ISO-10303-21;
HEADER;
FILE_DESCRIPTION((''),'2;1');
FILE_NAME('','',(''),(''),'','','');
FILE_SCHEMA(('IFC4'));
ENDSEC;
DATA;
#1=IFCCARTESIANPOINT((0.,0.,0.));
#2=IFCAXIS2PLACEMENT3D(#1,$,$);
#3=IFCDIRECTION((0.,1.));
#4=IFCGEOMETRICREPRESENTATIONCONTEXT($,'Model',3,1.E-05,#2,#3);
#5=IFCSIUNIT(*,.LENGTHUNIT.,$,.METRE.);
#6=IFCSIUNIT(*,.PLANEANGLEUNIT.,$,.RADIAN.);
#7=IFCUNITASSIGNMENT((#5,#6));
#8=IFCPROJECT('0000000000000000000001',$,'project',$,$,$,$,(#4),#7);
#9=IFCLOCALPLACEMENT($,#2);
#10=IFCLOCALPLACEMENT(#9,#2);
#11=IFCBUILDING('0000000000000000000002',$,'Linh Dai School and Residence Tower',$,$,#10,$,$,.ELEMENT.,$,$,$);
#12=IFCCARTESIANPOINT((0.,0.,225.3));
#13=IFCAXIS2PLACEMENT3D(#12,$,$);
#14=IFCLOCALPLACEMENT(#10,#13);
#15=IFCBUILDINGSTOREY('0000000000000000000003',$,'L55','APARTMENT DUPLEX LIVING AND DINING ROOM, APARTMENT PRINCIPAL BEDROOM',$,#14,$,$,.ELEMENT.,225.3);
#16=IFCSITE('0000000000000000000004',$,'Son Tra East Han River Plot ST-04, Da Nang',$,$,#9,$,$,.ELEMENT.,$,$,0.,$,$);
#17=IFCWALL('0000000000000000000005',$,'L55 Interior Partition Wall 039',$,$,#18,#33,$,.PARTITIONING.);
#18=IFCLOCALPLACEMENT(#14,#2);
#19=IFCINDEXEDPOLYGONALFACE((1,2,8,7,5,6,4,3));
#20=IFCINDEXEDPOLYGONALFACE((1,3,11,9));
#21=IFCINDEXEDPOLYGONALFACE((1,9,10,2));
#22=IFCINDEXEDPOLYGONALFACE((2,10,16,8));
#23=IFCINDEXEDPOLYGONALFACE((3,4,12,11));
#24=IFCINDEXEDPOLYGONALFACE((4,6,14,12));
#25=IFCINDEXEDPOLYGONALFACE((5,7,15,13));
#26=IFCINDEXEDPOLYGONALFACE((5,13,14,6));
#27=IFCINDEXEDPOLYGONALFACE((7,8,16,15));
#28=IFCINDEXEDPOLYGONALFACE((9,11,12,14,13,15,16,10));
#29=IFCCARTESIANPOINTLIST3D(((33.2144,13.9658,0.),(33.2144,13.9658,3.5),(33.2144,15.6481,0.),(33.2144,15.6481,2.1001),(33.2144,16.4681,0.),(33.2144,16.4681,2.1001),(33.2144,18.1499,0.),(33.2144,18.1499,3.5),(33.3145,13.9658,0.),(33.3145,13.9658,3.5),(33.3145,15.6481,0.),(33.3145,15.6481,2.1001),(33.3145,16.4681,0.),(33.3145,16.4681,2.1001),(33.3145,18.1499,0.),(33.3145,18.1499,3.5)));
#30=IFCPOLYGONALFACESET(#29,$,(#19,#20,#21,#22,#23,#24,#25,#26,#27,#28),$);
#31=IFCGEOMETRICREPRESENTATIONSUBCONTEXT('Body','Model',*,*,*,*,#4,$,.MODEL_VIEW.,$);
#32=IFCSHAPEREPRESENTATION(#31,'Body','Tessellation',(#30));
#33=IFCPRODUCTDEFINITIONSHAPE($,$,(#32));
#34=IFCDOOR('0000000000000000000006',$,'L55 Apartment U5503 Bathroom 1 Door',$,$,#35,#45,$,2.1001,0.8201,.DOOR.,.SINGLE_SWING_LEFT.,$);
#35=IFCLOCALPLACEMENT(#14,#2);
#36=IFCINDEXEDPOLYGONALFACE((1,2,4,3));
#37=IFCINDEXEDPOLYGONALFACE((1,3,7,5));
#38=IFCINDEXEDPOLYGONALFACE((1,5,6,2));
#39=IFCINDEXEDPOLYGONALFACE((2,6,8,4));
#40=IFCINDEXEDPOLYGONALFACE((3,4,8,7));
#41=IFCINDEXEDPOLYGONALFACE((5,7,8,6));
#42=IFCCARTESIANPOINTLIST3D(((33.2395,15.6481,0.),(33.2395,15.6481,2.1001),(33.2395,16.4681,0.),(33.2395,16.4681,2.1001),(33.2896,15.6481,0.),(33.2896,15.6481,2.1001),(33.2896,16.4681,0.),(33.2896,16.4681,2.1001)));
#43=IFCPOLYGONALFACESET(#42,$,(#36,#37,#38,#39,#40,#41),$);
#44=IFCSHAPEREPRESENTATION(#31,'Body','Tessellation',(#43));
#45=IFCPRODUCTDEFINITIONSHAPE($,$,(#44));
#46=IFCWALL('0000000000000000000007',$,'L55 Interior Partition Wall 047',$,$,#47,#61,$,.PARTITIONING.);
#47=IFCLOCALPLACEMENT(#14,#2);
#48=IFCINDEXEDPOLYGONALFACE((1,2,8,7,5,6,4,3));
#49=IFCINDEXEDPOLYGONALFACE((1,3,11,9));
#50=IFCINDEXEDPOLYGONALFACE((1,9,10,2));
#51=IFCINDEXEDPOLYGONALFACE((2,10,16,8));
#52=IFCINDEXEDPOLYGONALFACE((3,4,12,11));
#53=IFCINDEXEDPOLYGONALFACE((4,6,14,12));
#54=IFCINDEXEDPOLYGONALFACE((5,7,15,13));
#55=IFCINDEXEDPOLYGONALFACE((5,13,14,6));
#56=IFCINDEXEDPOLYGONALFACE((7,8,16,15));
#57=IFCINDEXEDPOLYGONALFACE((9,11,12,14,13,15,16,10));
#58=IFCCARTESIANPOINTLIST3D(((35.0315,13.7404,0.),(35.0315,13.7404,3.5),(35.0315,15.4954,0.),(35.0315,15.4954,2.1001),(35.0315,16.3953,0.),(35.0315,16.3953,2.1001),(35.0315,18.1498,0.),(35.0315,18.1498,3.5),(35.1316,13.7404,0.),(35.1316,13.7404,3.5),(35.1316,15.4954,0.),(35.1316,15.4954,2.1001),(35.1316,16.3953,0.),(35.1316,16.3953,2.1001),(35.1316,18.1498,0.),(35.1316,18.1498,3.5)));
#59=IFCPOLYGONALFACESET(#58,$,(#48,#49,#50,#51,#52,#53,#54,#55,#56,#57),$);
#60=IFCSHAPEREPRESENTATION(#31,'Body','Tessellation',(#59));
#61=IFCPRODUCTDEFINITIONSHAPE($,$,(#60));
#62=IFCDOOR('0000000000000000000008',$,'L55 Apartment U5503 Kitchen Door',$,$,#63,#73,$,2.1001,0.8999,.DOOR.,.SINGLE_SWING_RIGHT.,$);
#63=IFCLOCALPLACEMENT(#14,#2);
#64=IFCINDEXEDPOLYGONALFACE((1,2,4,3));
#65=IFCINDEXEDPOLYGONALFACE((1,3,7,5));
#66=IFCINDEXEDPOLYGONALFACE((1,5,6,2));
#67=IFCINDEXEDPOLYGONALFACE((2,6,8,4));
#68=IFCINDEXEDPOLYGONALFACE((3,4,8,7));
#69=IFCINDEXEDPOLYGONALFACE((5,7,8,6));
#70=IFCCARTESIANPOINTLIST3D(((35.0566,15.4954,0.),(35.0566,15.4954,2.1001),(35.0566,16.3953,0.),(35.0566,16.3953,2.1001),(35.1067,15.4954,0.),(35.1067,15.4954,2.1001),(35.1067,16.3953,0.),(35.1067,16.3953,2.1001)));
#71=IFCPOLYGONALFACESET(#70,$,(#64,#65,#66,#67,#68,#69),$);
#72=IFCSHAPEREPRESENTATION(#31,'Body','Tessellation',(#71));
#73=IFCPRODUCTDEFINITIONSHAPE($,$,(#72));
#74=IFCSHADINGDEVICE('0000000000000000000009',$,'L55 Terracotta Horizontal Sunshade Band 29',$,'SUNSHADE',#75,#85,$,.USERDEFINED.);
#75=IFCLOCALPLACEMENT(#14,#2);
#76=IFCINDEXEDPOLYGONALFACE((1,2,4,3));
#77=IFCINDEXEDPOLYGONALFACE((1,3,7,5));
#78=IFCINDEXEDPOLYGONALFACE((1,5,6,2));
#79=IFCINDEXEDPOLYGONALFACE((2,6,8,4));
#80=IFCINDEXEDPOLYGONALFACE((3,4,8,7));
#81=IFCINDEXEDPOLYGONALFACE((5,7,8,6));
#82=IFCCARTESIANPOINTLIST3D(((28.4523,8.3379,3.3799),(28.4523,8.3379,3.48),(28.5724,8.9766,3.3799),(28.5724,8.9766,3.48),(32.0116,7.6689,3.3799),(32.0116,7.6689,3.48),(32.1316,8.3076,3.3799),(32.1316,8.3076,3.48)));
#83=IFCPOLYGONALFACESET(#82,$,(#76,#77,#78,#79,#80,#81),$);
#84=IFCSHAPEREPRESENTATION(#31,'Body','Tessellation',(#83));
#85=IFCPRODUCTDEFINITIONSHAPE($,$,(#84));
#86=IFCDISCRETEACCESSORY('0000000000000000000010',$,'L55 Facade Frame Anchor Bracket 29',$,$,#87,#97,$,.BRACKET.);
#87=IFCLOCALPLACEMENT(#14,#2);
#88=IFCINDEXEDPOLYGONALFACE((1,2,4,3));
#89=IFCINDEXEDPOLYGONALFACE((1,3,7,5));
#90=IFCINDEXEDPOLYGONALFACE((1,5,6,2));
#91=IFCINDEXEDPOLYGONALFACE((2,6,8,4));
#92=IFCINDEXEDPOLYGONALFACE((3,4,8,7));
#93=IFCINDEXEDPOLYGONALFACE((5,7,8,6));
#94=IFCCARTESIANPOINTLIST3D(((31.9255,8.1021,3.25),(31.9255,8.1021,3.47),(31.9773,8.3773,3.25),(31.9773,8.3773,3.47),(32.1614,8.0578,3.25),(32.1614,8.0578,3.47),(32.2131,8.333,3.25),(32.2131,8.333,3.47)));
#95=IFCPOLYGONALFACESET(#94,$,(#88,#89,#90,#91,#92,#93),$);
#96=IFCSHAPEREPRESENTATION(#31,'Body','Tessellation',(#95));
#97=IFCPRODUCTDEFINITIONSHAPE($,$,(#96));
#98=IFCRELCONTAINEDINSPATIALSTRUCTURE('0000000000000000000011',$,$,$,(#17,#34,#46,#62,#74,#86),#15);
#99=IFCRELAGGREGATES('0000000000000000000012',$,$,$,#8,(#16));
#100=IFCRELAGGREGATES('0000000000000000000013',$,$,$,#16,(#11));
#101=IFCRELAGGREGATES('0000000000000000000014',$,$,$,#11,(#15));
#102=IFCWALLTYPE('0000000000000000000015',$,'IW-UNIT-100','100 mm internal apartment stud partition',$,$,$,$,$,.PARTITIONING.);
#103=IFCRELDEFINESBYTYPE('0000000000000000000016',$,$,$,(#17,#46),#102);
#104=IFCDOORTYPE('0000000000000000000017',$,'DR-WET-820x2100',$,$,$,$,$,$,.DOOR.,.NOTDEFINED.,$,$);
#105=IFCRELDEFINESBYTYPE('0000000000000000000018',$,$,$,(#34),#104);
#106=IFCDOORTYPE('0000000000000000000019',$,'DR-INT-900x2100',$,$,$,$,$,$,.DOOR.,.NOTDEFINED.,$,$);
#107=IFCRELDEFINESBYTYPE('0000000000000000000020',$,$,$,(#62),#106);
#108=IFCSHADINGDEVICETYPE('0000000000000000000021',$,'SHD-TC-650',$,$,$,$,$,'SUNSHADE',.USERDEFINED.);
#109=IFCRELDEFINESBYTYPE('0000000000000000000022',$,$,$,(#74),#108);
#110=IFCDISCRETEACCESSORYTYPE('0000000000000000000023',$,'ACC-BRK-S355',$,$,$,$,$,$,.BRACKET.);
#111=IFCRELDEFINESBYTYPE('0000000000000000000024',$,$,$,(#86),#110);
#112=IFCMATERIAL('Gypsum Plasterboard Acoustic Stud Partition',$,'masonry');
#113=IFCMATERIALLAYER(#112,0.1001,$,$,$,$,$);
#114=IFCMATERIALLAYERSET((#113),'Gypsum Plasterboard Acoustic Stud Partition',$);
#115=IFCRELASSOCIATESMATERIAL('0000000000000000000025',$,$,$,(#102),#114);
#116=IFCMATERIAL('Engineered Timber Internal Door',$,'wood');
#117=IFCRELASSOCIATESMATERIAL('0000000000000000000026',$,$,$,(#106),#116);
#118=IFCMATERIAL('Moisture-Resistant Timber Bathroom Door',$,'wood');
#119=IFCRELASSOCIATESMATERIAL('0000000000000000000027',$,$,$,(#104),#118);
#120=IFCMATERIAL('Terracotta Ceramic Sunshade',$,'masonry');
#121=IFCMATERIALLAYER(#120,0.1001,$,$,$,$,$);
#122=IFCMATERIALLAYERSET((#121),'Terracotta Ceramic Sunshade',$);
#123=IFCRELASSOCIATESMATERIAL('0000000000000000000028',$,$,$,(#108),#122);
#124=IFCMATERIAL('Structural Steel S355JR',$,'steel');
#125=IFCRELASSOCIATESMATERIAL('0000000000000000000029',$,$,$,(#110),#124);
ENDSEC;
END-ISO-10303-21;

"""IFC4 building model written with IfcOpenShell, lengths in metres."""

from ifc_helpers import new_model, si_unit, direction, frame, frame_2d, origin, origin_2d, place, context, subcontext, project, spatial, rectangle, extrude, source, transform, mapped, material, layer, layer_set, type_object, element, fill, save


model = new_model("IFC4")

# Units and contexts
model_context = context("Model", 3, precision=1e-05, world=origin(), true_north=direction((0.0, 1.0)))
body_context = subcontext(model_context, "Body", "Model", "MODEL_VIEW")
ifc_project = project(units=[si_unit("LENGTHUNIT", "METRE"), si_unit("PLANEANGLEUNIT", "RADIAN")], contexts=[model_context])

# Site, building, storey
site_placement = place(None, origin())
site = spatial("IfcSite", under=ifc_project, at=site_placement, Name="Son Tra East Han River Plot ST-04, Da Nang", CompositionType="ELEMENT", RefElevation=0.0)
building_placement = place(site_placement, origin())
building = spatial("IfcBuilding", under=site, at=building_placement, Name="Linh Dai School and Residence Tower", CompositionType="ELEMENT")
storey_placement = place(building_placement, frame((0.0, 0.0, 225.3)))
storey = spatial("IfcBuildingStorey", under=building, at=storey_placement, Name="L55", Description="APARTMENT DUPLEX LIVING AND DINING ROOM, APARTMENT PRINCIPAL BEDROOM", CompositionType="ELEMENT", Elevation=225.3)

# Shared definitions
ifc_material_1 = material(Name="Structural Steel S355JR", Category="steel")

# Shared definitions
ifc_material_2 = material(Name="Gypsum Plasterboard Acoustic Stud Partition", Category="masonry")
ifc_layer_1 = layer(ifc_material_2, 0.1001)
ifc_layer_set_1 = layer_set([ifc_layer_1], Name="Gypsum Plasterboard Acoustic Stud Partition")
wall_type_1 = type_object("IfcWallType", Name="IW-UNIT-100", Description="100 mm internal apartment stud partition", PredefinedType="PARTITIONING", material=ifc_layer_set_1)

# Shared definitions
ifc_material_3 = material(Name="Engineered Timber Internal Door", Category="wood")
door_type_1 = type_object("IfcDoorType", Name="DR-INT-900x2100", OperationType="NOTDEFINED", PredefinedType="DOOR", material=ifc_material_3)
shared_shape_1 = source(origin(), body_context, "Body", "SweptSolid", [
    extrude(rectangle(XDim=0.8999, YDim=2.1001, at=origin_2d()), frame((0.45, 0.0249, 1.05), z_axis=(0.0, -1.0, 0.0), x_axis=(1.0, 0.0, 0.0)), (0.0, 0.0, 1.0), 0.05),
])

# Walls, openings, doors
wall_1_placement = place(storey_placement, frame((33.2644, 13.9658, 0.0), z_axis=(0.0, 0.0, 1.0), x_axis=(0.0, 1.0, 0.0)))
wall_1 = element("IfcWall", 1, at=wall_1_placement, inside=storey, type_object=wall_type_1, Name="L55 Interior Partition Wall 039", PredefinedType="PARTITIONING", context=body_context, shape_type="SweptSolid", body=[
    extrude(rectangle(XDim=4.1841, YDim=0.1001, at=frame_2d((2.092, 0.0))), origin(), (0.0, 0.0, 1.0), 3.5),
])
opening_1_placement = place(wall_1_placement, frame((1.6821, 0.0, 0.0)))
opening_1 = element("IfcOpeningElement", 2, at=opening_1_placement, cuts=wall_1, PredefinedType="OPENING", context=body_context, shape_type="SweptSolid", body=[
    extrude(rectangle(XDim=0.8201, YDim=2.1001, at=origin_2d()), frame((0.4102, 0.0601, 1.05), z_axis=(0.0, -1.0, 0.0), x_axis=(1.0, 0.0, 0.0)), (0.0, 0.0, 1.0), 0.1201),
])
ifc_material_4 = material(Name="Moisture-Resistant Timber Bathroom Door", Category="wood")
door_type_2 = type_object("IfcDoorType", Name="DR-WET-820x2100", OperationType="NOTDEFINED", PredefinedType="DOOR", material=ifc_material_4)
shared_shape_2 = source(origin(), body_context, "Body", "SweptSolid", [
    extrude(rectangle(XDim=0.8201, YDim=2.1001, at=origin_2d()), frame((0.4102, 0.0249, 1.05), z_axis=(0.0, -1.0, 0.0), x_axis=(1.0, 0.0, 0.0)), (0.0, 0.0, 1.0), 0.05),
])
door_1_placement = place(opening_1_placement, origin())
door_1 = element("IfcDoor", 3, at=door_1_placement, inside=storey, type_object=door_type_2, Name="L55 Apartment U5503 Bathroom 1 Door", OperationType="SINGLE_SWING_LEFT", OverallHeight=2.1001, OverallWidth=0.8201, PredefinedType="DOOR", context=body_context, shape_type="MappedRepresentation", body=[
    mapped(shared_shape_2, transform((0.0, 0.0, 0.0), x_axis=(1.0, 0.0, 0.0), y_axis=(0.0, 1.0, 0.0), z_axis=(0.0, 0.0, 1.0), scale=1.0)),
])
fill(opening_1, door_1)
wall_2_placement = place(storey_placement, frame((35.0815, 13.7405, 0.0), z_axis=(0.0, 0.0, 1.0), x_axis=(0.0, 1.0, 0.0)))
wall_2 = element("IfcWall", 4, at=wall_2_placement, inside=storey, type_object=wall_type_1, Name="L55 Interior Partition Wall 047", PredefinedType="PARTITIONING", context=body_context, shape_type="SweptSolid", body=[
    extrude(rectangle(XDim=4.4094, YDim=0.1001, at=frame_2d((2.2046, 0.0))), origin(), (0.0, 0.0, 1.0), 3.5),
])
opening_2_placement = place(wall_2_placement, frame((1.7549, 0.0, 0.0)))
opening_2 = element("IfcOpeningElement", 5, at=opening_2_placement, cuts=wall_2, PredefinedType="OPENING", context=body_context, shape_type="SweptSolid", body=[
    extrude(rectangle(XDim=0.8999, YDim=2.1001, at=origin_2d()), frame((0.45, 0.0601, 1.05), z_axis=(0.0, -1.0, 0.0), x_axis=(1.0, 0.0, 0.0)), (0.0, 0.0, 1.0), 0.1201),
])
door_2_placement = place(opening_2_placement, origin())
door_2 = element("IfcDoor", 6, at=door_2_placement, inside=storey, type_object=door_type_1, Name="L55 Apartment U5503 Kitchen Door", OperationType="SINGLE_SWING_RIGHT", OverallHeight=2.1001, OverallWidth=0.8999, PredefinedType="DOOR", context=body_context, shape_type="MappedRepresentation", body=[
    mapped(shared_shape_1, transform((0.0, 0.0, 0.0), x_axis=(1.0, 0.0, 0.0), y_axis=(0.0, 1.0, 0.0), z_axis=(0.0, 0.0, 1.0), scale=1.0)),
])
fill(opening_2, door_2)

# Shading device
ifc_material_5 = material(Name="Terracotta Ceramic Sunshade", Category="masonry")
ifc_layer_2 = layer(ifc_material_5, 0.1001)
ifc_layer_set_2 = layer_set([ifc_layer_2], Name="Terracotta Ceramic Sunshade")
shading_device_type = type_object("IfcShadingDeviceType", Name="SHD-TC-650", ElementType="SUNSHADE", PredefinedType="USERDEFINED", material=ifc_layer_set_2)
shared_shape_3 = source(origin(), body_context, "Body", "SweptSolid", [
    extrude(rectangle(XDim=3.6216, YDim=0.6499, at=origin_2d()), origin(), (0.0, 0.0, 1.0), 0.1001),
])
shading_device_placement = place(storey_placement, frame((30.292, 8.3228, 3.3799), z_axis=(0.0, 0.0, 1.0), x_axis=(-0.982787, 0.184744, 0.0)))
element("IfcShadingDevice", 7, at=shading_device_placement, inside=storey, type_object=shading_device_type, Name="L55 Terracotta Horizontal Sunshade Band 29", ObjectType="SUNSHADE", PredefinedType="USERDEFINED", context=body_context, shape_type="MappedRepresentation", body=[
    mapped(shared_shape_3, transform((0.0, 0.0, 0.0), x_axis=(1.0, 0.0, 0.0), y_axis=(0.0, 1.0, 0.0), z_axis=(0.0, 0.0, 1.0), scale=1.0)),
])

# Discrete accessory
discrete_accessory_type = type_object("IfcDiscreteAccessoryType", Name="ACC-BRK-S355", PredefinedType="BRACKET", material=ifc_material_1)
shared_shape_4 = source(origin(), body_context, "Body", "SweptSolid", [
    extrude(rectangle(XDim=0.28, YDim=0.24, at=origin_2d()), origin(), (0.0, 0.0, 1.0), 0.22),
])
discrete_accessory_placement = place(storey_placement, frame((32.0693, 8.2175, 3.25), z_axis=(0.0, 0.0, 1.0), x_axis=(-0.184744, -0.982787, 0.0)))
element("IfcDiscreteAccessory", 8, at=discrete_accessory_placement, inside=storey, type_object=discrete_accessory_type, Name="L55 Facade Frame Anchor Bracket 29", PredefinedType="BRACKET", context=body_context, shape_type="MappedRepresentation", body=[
    mapped(shared_shape_4, transform((0.0, 0.0, 0.0), x_axis=(1.0, 0.0, 0.0), y_axis=(0.0, 1.0, 0.0), z_axis=(0.0, 0.0, 1.0), scale=1.0)),
])

save(model, "model.ifc")
